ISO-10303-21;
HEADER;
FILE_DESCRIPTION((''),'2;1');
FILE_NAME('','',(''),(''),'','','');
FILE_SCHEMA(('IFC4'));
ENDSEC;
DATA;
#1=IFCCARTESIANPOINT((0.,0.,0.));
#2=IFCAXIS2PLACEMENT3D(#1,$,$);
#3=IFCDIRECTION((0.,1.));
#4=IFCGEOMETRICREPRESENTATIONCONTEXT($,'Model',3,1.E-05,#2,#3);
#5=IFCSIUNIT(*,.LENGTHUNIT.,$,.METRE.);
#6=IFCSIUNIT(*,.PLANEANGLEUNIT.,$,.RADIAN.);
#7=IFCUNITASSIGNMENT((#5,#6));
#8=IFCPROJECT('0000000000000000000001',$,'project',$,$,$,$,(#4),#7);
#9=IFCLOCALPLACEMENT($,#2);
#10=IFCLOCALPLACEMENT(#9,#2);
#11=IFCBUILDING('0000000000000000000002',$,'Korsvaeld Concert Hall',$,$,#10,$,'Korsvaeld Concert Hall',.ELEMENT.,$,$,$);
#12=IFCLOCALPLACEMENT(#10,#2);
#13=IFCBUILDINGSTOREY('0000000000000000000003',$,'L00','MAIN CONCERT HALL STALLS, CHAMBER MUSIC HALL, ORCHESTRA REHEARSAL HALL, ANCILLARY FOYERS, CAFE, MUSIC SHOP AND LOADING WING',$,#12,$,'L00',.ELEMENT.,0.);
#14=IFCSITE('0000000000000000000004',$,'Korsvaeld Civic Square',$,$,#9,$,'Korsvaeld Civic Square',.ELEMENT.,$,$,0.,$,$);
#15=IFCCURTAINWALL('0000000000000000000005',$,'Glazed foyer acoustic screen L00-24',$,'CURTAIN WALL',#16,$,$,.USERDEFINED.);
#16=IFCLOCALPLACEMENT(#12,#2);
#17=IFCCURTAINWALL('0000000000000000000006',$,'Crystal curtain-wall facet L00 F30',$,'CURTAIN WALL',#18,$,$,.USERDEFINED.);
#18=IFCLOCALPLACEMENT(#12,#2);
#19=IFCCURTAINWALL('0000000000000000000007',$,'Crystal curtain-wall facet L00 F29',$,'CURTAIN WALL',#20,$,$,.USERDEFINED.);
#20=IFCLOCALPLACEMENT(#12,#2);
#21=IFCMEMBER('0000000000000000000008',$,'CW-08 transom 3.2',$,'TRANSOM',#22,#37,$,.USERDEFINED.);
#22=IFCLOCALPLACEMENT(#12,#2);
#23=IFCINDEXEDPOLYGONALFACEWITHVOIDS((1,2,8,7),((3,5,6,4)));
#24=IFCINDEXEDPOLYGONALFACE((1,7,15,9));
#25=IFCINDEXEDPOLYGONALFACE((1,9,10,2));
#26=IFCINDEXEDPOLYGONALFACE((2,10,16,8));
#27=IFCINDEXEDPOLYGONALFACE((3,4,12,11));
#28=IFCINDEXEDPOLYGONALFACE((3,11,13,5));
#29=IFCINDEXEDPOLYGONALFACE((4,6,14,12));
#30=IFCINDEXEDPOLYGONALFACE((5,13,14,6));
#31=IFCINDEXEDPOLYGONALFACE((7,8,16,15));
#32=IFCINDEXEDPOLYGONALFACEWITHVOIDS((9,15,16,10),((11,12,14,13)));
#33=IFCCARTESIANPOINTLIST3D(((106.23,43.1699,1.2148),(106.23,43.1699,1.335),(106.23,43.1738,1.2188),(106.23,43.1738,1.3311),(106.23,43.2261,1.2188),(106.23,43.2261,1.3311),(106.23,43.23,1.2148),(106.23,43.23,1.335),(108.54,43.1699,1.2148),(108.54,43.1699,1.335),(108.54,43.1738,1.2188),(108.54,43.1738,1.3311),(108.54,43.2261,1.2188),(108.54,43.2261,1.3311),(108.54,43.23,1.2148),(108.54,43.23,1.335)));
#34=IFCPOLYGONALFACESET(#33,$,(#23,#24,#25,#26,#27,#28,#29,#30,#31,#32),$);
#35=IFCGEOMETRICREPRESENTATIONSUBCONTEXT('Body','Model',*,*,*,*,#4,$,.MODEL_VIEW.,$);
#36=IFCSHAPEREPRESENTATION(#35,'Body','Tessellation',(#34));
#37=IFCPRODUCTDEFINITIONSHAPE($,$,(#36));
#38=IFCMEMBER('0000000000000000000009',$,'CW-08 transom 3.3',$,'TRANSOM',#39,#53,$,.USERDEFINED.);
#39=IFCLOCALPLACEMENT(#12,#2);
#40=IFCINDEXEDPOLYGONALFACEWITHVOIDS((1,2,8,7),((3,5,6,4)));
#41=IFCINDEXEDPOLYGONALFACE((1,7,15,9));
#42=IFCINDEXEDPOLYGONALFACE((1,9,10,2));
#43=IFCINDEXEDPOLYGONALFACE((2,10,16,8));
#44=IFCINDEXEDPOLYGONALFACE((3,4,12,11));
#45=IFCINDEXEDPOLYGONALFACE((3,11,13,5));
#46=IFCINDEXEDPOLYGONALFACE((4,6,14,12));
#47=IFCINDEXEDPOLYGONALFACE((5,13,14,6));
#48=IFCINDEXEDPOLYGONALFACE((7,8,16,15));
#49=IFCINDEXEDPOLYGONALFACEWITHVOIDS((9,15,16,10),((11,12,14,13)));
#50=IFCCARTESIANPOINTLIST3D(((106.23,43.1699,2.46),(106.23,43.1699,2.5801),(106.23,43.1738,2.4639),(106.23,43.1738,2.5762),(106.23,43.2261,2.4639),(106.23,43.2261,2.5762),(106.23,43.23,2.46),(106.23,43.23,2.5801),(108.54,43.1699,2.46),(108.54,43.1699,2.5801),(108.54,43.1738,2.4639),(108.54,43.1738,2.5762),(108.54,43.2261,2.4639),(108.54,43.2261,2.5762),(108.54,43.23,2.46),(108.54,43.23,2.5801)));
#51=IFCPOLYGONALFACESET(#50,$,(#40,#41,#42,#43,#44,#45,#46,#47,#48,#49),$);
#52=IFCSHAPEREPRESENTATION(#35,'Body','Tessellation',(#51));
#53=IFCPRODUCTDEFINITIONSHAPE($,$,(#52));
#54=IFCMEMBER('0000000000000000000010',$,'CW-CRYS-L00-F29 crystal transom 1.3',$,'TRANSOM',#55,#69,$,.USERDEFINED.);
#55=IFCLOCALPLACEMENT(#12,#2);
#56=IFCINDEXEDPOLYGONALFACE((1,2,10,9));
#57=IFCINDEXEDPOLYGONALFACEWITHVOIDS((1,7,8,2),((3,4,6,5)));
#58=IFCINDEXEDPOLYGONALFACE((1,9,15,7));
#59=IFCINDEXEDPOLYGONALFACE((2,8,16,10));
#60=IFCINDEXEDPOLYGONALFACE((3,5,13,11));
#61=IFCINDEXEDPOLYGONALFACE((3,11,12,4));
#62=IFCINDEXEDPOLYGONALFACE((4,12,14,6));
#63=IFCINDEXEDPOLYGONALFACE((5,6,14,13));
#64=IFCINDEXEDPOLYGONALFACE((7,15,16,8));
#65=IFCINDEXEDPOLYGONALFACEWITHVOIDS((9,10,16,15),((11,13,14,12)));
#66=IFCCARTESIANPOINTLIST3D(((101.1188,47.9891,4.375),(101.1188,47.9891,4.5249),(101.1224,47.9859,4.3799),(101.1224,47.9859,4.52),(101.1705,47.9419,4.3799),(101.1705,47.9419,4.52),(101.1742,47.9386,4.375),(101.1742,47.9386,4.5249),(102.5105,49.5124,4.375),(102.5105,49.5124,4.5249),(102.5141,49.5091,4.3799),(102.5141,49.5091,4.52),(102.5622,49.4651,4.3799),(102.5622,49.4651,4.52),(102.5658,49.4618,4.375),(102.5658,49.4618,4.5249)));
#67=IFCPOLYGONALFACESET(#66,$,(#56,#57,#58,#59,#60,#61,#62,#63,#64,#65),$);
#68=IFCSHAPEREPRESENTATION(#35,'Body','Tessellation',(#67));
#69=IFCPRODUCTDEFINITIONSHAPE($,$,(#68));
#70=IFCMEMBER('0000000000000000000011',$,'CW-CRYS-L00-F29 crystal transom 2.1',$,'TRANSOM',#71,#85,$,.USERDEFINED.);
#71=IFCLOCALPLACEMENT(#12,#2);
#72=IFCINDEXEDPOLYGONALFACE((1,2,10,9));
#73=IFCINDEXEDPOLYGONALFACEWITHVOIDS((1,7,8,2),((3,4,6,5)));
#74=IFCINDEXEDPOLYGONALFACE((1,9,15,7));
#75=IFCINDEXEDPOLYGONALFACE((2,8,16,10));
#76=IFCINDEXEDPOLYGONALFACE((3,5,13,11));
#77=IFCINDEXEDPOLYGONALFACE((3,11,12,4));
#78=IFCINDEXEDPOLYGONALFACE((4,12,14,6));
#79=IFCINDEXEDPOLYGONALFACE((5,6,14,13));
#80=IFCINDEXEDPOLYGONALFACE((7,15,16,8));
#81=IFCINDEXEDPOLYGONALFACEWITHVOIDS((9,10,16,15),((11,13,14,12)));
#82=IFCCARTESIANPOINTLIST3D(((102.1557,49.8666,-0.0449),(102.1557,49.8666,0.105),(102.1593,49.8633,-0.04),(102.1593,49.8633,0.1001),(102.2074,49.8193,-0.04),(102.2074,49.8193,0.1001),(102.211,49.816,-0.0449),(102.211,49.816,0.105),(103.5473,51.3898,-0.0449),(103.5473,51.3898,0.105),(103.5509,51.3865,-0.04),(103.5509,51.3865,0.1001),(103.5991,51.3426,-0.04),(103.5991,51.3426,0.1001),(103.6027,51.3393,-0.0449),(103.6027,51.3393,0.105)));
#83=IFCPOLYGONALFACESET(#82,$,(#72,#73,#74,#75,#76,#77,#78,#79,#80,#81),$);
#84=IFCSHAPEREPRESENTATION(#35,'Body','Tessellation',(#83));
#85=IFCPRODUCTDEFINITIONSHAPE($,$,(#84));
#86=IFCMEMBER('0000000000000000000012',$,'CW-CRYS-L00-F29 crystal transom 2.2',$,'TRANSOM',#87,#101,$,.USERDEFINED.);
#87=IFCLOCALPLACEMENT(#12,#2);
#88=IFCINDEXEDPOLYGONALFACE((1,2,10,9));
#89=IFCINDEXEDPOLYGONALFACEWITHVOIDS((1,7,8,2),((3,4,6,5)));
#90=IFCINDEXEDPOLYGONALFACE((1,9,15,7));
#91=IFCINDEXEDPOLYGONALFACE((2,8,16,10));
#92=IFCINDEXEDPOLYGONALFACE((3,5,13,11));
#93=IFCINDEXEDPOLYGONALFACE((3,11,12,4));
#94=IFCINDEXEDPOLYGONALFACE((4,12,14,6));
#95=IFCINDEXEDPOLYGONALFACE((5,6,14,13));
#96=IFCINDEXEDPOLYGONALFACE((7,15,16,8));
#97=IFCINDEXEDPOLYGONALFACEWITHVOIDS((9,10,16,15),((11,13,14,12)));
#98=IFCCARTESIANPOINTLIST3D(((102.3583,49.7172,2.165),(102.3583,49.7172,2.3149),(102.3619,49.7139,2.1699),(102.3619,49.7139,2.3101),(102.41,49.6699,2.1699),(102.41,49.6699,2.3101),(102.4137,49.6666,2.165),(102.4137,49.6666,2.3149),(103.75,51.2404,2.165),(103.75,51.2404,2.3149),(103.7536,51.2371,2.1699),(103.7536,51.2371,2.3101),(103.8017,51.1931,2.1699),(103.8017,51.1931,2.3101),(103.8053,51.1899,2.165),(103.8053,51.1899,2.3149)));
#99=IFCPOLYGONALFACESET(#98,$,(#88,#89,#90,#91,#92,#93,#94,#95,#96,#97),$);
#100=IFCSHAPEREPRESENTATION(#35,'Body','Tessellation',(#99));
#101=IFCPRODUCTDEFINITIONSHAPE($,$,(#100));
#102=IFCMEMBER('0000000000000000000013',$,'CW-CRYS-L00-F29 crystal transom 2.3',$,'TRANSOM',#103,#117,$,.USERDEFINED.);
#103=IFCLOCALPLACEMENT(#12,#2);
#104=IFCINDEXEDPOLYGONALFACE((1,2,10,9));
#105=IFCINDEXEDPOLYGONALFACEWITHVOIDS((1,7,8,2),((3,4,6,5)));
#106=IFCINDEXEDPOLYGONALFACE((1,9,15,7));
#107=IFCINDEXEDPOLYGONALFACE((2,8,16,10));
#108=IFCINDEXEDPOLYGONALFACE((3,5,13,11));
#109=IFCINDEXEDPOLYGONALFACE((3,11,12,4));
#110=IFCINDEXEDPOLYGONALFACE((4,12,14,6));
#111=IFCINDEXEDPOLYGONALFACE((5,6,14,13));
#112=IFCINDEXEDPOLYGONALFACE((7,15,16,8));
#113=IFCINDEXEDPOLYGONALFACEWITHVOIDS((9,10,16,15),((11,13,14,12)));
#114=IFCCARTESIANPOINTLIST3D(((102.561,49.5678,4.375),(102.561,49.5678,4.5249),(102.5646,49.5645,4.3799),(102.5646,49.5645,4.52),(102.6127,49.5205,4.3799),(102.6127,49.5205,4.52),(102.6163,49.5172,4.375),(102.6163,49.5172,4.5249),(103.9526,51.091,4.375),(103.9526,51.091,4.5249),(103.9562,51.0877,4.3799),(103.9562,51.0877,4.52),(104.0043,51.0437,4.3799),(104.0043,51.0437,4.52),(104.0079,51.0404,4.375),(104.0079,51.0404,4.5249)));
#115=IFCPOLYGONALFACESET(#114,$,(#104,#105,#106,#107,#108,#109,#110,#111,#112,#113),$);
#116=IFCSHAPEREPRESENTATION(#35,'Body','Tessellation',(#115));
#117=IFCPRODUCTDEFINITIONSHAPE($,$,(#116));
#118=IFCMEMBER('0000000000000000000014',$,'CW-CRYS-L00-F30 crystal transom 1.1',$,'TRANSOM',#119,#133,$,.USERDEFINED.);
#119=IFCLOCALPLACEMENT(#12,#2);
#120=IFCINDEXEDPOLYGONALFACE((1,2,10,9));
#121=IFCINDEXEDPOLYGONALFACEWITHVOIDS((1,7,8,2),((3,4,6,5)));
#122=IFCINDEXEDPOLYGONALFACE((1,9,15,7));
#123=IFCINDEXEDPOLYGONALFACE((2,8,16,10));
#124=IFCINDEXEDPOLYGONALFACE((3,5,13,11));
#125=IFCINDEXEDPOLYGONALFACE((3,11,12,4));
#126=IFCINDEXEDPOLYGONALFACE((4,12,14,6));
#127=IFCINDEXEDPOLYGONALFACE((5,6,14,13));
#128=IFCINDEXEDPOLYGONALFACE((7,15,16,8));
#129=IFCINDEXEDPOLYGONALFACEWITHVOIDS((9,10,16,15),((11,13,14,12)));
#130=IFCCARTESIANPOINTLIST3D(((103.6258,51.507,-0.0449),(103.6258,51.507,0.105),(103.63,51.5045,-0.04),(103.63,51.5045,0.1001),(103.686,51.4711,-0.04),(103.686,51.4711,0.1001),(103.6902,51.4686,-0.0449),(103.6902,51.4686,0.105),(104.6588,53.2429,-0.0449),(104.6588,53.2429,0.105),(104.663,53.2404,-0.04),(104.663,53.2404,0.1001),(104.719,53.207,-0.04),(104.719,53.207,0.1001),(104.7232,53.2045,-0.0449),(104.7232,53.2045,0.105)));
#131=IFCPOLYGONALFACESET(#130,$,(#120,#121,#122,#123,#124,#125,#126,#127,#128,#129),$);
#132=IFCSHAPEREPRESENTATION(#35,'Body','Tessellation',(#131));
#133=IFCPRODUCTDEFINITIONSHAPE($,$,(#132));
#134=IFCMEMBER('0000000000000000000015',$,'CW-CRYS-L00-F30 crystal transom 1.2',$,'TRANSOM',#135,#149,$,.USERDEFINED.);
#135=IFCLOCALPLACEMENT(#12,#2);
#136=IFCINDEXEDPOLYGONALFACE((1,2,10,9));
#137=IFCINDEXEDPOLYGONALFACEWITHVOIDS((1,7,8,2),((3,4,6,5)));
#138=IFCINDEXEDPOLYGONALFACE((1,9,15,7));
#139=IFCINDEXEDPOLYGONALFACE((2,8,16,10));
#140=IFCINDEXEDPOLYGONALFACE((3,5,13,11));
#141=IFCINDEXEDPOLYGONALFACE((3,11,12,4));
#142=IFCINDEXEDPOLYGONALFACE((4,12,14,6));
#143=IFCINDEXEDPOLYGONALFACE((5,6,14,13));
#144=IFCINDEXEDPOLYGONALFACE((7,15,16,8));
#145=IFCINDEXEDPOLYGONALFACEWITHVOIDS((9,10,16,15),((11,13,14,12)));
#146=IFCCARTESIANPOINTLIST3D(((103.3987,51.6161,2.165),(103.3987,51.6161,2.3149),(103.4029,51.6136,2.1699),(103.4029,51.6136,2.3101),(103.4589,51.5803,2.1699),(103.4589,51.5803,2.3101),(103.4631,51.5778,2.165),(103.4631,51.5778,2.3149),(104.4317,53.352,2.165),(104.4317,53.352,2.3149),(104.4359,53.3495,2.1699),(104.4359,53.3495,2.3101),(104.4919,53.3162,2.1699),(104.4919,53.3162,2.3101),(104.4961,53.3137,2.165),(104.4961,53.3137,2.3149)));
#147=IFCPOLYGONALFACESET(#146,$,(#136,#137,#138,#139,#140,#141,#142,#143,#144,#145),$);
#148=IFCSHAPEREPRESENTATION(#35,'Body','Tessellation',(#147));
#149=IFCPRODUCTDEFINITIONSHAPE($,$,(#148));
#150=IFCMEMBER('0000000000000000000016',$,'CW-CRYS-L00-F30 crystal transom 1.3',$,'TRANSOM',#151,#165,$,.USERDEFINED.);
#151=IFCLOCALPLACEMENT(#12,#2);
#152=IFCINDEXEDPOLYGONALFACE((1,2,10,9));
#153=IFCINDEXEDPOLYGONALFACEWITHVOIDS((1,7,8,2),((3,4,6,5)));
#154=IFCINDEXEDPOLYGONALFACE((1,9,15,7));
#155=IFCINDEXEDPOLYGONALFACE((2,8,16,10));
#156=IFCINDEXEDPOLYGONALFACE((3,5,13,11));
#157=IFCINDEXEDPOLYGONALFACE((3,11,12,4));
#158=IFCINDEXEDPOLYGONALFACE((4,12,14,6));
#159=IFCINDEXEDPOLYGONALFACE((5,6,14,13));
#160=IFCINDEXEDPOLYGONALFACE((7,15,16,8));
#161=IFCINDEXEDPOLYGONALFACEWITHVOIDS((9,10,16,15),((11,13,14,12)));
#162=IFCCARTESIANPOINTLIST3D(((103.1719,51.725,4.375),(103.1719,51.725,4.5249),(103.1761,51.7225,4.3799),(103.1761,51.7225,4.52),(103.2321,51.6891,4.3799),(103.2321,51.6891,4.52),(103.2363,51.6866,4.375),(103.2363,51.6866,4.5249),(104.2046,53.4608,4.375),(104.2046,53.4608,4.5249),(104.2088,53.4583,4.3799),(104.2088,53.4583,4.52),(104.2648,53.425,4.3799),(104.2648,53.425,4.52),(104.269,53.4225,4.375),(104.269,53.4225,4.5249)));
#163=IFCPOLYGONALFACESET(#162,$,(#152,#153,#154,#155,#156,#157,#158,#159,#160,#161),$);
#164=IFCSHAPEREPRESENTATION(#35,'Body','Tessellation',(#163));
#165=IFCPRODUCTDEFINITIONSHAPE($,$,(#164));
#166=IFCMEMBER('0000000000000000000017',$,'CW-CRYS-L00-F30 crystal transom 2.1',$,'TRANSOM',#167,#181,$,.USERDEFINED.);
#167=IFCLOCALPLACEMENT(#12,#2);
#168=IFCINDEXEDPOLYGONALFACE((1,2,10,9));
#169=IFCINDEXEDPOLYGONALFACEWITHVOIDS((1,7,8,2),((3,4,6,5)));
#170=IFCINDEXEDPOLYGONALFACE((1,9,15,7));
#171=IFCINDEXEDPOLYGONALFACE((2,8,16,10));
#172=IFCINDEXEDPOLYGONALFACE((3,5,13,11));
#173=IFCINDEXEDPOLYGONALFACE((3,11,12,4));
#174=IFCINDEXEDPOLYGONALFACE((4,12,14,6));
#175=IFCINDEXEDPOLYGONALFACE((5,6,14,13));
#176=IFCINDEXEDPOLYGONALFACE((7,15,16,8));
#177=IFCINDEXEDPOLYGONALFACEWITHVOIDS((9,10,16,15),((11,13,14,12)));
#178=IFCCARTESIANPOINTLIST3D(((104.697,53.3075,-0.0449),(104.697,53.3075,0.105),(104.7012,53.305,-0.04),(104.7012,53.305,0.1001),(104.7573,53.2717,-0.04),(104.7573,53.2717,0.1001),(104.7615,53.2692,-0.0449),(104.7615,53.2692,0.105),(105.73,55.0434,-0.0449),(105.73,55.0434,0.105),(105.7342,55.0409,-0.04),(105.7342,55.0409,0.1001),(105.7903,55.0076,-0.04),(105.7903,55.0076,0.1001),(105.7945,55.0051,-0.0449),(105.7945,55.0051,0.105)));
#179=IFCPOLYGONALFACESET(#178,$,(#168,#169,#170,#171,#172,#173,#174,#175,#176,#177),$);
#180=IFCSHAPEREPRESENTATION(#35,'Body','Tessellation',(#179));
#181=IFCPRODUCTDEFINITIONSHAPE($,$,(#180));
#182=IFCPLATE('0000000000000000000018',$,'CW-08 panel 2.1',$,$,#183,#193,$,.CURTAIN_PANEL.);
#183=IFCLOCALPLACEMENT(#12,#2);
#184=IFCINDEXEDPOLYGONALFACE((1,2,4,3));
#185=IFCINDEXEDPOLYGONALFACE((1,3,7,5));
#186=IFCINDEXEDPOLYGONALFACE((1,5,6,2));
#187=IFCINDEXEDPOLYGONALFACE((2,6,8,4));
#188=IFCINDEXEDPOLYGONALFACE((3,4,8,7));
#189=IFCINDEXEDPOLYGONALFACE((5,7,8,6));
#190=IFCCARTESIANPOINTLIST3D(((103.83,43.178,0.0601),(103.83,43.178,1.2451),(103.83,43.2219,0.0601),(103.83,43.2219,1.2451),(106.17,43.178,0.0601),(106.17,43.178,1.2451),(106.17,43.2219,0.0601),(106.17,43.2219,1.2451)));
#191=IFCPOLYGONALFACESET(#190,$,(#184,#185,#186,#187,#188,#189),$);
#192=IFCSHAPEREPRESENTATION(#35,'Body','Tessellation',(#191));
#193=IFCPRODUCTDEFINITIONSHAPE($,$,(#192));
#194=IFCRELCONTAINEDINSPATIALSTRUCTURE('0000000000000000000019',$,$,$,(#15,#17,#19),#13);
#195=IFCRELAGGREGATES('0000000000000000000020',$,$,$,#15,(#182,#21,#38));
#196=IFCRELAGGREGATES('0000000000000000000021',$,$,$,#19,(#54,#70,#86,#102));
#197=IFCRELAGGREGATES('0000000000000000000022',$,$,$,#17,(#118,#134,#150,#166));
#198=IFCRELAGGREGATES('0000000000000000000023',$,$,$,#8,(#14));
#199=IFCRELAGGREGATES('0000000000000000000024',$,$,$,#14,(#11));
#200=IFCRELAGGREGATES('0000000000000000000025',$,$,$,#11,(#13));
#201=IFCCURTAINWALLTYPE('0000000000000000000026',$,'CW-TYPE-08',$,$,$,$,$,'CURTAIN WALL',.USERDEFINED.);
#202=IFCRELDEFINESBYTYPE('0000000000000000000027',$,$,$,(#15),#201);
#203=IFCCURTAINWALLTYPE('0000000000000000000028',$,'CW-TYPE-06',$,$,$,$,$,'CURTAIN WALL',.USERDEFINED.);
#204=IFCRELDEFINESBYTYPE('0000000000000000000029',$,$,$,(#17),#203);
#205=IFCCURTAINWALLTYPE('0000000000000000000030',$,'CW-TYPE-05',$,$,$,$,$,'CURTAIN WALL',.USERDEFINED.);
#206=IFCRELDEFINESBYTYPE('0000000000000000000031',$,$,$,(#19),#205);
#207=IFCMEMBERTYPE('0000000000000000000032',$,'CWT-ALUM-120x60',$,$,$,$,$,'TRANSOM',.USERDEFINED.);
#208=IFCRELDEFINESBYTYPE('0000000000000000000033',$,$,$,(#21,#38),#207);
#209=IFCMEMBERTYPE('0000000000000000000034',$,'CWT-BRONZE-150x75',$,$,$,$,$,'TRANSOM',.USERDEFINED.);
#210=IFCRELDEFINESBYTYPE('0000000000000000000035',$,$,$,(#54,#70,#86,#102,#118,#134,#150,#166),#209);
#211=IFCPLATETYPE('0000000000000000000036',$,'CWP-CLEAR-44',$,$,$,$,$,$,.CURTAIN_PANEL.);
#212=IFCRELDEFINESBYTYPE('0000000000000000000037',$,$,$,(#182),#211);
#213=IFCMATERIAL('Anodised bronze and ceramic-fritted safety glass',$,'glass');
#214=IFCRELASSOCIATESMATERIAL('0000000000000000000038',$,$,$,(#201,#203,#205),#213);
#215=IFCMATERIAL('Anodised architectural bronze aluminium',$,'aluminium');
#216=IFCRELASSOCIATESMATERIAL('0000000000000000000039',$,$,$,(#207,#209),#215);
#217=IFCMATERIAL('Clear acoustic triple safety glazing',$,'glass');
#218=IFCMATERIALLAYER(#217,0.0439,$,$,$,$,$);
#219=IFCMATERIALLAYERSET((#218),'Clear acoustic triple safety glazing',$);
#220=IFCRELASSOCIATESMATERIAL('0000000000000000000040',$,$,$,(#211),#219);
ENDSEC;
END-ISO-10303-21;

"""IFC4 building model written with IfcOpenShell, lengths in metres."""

from ifc_helpers import new_model, si_unit, direction, frame, origin, origin_2d, place, context, subcontext, project, spatial, rectangle, hollow_rectangle, extrude, material, layer, layer_set, material_profile, profile_set, type_object, element, aggregate, save


model = new_model("IFC4")

# Units and contexts
model_context = context("Model", 3, precision=1e-05, world=origin(), true_north=direction((0.0, 1.0)))
body_context = subcontext(model_context, "Body", "Model", "MODEL_VIEW")
ifc_project = project(units=[si_unit("LENGTHUNIT", "METRE"), si_unit("PLANEANGLEUNIT", "RADIAN")], contexts=[model_context])

# Site, building, storey
site_placement = place(None, origin())
site = spatial("IfcSite", under=ifc_project, at=site_placement, Name="Korsvaeld Civic Square", LongName="Korsvaeld Civic Square", CompositionType="ELEMENT", RefElevation=0.0)
building_placement = place(site_placement, origin())
building = spatial("IfcBuilding", under=site, at=building_placement, Name="Korsvaeld Concert Hall", LongName="Korsvaeld Concert Hall", CompositionType="ELEMENT")
storey_placement = place(building_placement, origin())
storey = spatial("IfcBuildingStorey", under=building, at=storey_placement, Name="L00", Description="MAIN CONCERT HALL STALLS, CHAMBER MUSIC HALL, ORCHESTRA REHEARSAL HALL, ANCILLARY FOYERS, CAFE, MUSIC SHOP AND LOADING WING", LongName="L00", CompositionType="ELEMENT", Elevation=0.0)

# Curtain walls
ifc_material_1 = material(Name="Anodised bronze and ceramic-fritted safety glass", Category="glass")
curtain_wall_type_1 = type_object("IfcCurtainWallType", Name="CW-TYPE-08", ElementType="CURTAIN WALL", PredefinedType="USERDEFINED", material=ifc_material_1)
curtain_wall_1_placement = place(storey_placement, origin())
curtain_wall_1 = element("IfcCurtainWall", 1, at=curtain_wall_1_placement, inside=storey, type_object=curtain_wall_type_1, Name="Glazed foyer acoustic screen L00-24", ObjectType="CURTAIN WALL", PredefinedType="USERDEFINED")
ifc_material_2 = material(Name="Anodised architectural bronze aluminium", Category="aluminium")
curtain_wall_type_2 = type_object("IfcCurtainWallType", Name="CW-TYPE-06", ElementType="CURTAIN WALL", PredefinedType="USERDEFINED", material=ifc_material_1)
curtain_wall_2_placement = place(storey_placement, origin())
curtain_wall_2 = element("IfcCurtainWall", 2, at=curtain_wall_2_placement, inside=storey, type_object=curtain_wall_type_2, Name="Crystal curtain-wall facet L00 F30", ObjectType="CURTAIN WALL", PredefinedType="USERDEFINED")
curtain_wall_type_3 = type_object("IfcCurtainWallType", Name="CW-TYPE-05", ElementType="CURTAIN WALL", PredefinedType="USERDEFINED", material=ifc_material_1)
curtain_wall_3_placement = place(storey_placement, origin())
curtain_wall_3 = element("IfcCurtainWall", 3, at=curtain_wall_3_placement, inside=storey, type_object=curtain_wall_type_3, Name="Crystal curtain-wall facet L00 F29", ObjectType="CURTAIN WALL", PredefinedType="USERDEFINED")

# Members
ifc_material_profile_1 = material_profile(ifc_material_2, hollow_rectangle(XDim=0.0601, YDim=0.1201, WallThickness=0.0039, at=origin_2d()), Name="CWT 120x60x4")
ifc_profile_set_1 = profile_set([ifc_material_profile_1], Name="Anodised architectural bronze aluminium")
member_type_1 = type_object("IfcMemberType", Name="CWT-ALUM-120x60", ElementType="TRANSOM", PredefinedType="USERDEFINED", material=ifc_profile_set_1)
member_1_placement = place(storey_placement, frame((106.23, 43.2, 1.2749), z_axis=(1.0, 0.0, 0.0), x_axis=(0.0, 1.0, 0.0)))
member_1 = element("IfcMember", 4, at=member_1_placement, type_object=member_type_1, Name="CW-08 transom 3.2", ObjectType="TRANSOM", PredefinedType="USERDEFINED", context=body_context, shape_type="SweptSolid", body=[
    extrude(hollow_rectangle(XDim=0.0601, YDim=0.1201, WallThickness=0.0039, at=origin_2d()), origin(), (0.0, 0.0, 1.0), 2.3101),
])
member_2_placement = place(storey_placement, frame((106.23, 43.2, 2.52), z_axis=(1.0, 0.0, 0.0), x_axis=(0.0, 1.0, 0.0)))
member_2 = element("IfcMember", 5, at=member_2_placement, type_object=member_type_1, Name="CW-08 transom 3.3", ObjectType="TRANSOM", PredefinedType="USERDEFINED", context=body_context, shape_type="SweptSolid", body=[
    extrude(hollow_rectangle(XDim=0.0601, YDim=0.1201, WallThickness=0.0039, at=origin_2d()), origin(), (0.0, 0.0, 1.0), 2.3101),
])
ifc_material_profile_2 = material_profile(ifc_material_2, hollow_rectangle(XDim=0.075, YDim=0.1499, WallThickness=0.0049, at=origin_2d()), Name="CWT 150x75x5")
ifc_profile_set_2 = profile_set([ifc_material_profile_2], Name="Anodised architectural bronze aluminium")
member_type_2 = type_object("IfcMemberType", Name="CWT-BRONZE-150x75", ElementType="TRANSOM", PredefinedType="USERDEFINED", material=ifc_profile_set_2)
member_3_placement = place(storey_placement, frame((101.1465, 47.9639, 4.45), z_axis=(0.674497, 0.738278, 0.0), x_axis=(-0.738278, 0.674497, 0.0)))
member_3 = element("IfcMember", 6, at=member_3_placement, type_object=member_type_2, Name="CW-CRYS-L00-F29 crystal transom 1.3", ObjectType="TRANSOM", PredefinedType="USERDEFINED", context=body_context, shape_type="SweptSolid", body=[
    extrude(hollow_rectangle(XDim=0.075, YDim=0.1499, WallThickness=0.0049, at=origin_2d()), origin(), (0.0, 0.0, 1.0), 2.0632),
])
member_4_placement = place(storey_placement, frame((102.1833, 49.8413, 0.03), z_axis=(0.674497, 0.738278, 0.0), x_axis=(-0.738278, 0.674497, 0.0)))
member_4 = element("IfcMember", 7, at=member_4_placement, type_object=member_type_2, Name="CW-CRYS-L00-F29 crystal transom 2.1", ObjectType="TRANSOM", PredefinedType="USERDEFINED", context=body_context, shape_type="SweptSolid", body=[
    extrude(hollow_rectangle(XDim=0.075, YDim=0.1499, WallThickness=0.0049, at=origin_2d()), origin(), (0.0, 0.0, 1.0), 2.0632),
])
member_5_placement = place(storey_placement, frame((102.386, 49.6919, 2.24), z_axis=(0.674497, 0.738278, 0.0), x_axis=(-0.738278, 0.674497, 0.0)))
member_5 = element("IfcMember", 8, at=member_5_placement, type_object=member_type_2, Name="CW-CRYS-L00-F29 crystal transom 2.2", ObjectType="TRANSOM", PredefinedType="USERDEFINED", context=body_context, shape_type="SweptSolid", body=[
    extrude(hollow_rectangle(XDim=0.075, YDim=0.1499, WallThickness=0.0049, at=origin_2d()), origin(), (0.0, 0.0, 1.0), 2.0632),
])
member_6_placement = place(storey_placement, frame((102.5886, 49.5425, 4.45), z_axis=(0.674497, 0.738278, 0.0), x_axis=(-0.738278, 0.674497, 0.0)))
member_6 = element("IfcMember", 9, at=member_6_placement, type_object=member_type_2, Name="CW-CRYS-L00-F29 crystal transom 2.3", ObjectType="TRANSOM", PredefinedType="USERDEFINED", context=body_context, shape_type="SweptSolid", body=[
    extrude(hollow_rectangle(XDim=0.075, YDim=0.1499, WallThickness=0.0049, at=origin_2d()), origin(), (0.0, 0.0, 1.0), 2.0632),
])
member_7_placement = place(storey_placement, frame((103.658, 51.4878, 0.03), z_axis=(0.511382, 0.859354, 0.0), x_axis=(-0.859354, 0.511382, 0.0)))
member_7 = element("IfcMember", 10, at=member_7_placement, type_object=member_type_2, Name="CW-CRYS-L00-F30 crystal transom 1.1", ObjectType="TRANSOM", PredefinedType="USERDEFINED", context=body_context, shape_type="SweptSolid", body=[
    extrude(hollow_rectangle(XDim=0.075, YDim=0.1499, WallThickness=0.0049, at=origin_2d()), origin(), (0.0, 0.0, 1.0), 2.02),
])
member_8_placement = place(storey_placement, frame((103.4309, 51.5969, 2.24), z_axis=(0.511382, 0.859354, 0.0), x_axis=(-0.859354, 0.511382, 0.0)))
member_8 = element("IfcMember", 11, at=member_8_placement, type_object=member_type_2, Name="CW-CRYS-L00-F30 crystal transom 1.2", ObjectType="TRANSOM", PredefinedType="USERDEFINED", context=body_context, shape_type="SweptSolid", body=[
    extrude(hollow_rectangle(XDim=0.075, YDim=0.1499, WallThickness=0.0049, at=origin_2d()), origin(), (0.0, 0.0, 1.0), 2.02),
])
member_9_placement = place(storey_placement, frame((103.2041, 51.7058, 4.45), z_axis=(0.511293, 0.859407, 0.0), x_axis=(-0.859407, 0.511293, 0.0)))
member_9 = element("IfcMember", 12, at=member_9_placement, type_object=member_type_2, Name="CW-CRYS-L00-F30 crystal transom 1.3", ObjectType="TRANSOM", PredefinedType="USERDEFINED", context=body_context, shape_type="SweptSolid", body=[
    extrude(hollow_rectangle(XDim=0.075, YDim=0.1499, WallThickness=0.0049, at=origin_2d()), origin(), (0.0, 0.0, 1.0), 2.0198),
])
member_10_placement = place(storey_placement, frame((104.7292, 53.2883, 0.03), z_axis=(0.511382, 0.859354, 0.0), x_axis=(-0.859354, 0.511382, 0.0)))
member_10 = element("IfcMember", 13, at=member_10_placement, type_object=member_type_2, Name="CW-CRYS-L00-F30 crystal transom 2.1", ObjectType="TRANSOM", PredefinedType="USERDEFINED", context=body_context, shape_type="SweptSolid", body=[
    extrude(hollow_rectangle(XDim=0.075, YDim=0.1499, WallThickness=0.0049, at=origin_2d()), origin(), (0.0, 0.0, 1.0), 2.02),
])

# Plate
ifc_material_3 = material(Name="Clear acoustic triple safety glazing", Category="glass")
ifc_layer_1 = layer(ifc_material_3, 0.0439)
ifc_layer_set_1 = layer_set([ifc_layer_1], Name="Clear acoustic triple safety glazing")
plate_type_1 = type_object("IfcPlateType", Name="CWP-CLEAR-44", PredefinedType="CURTAIN_PANEL", material=ifc_layer_set_1)
plate_1_placement = place(storey_placement, frame((105.0, 43.2, 0.0601), z_axis=(0.0, 0.0, 1.0), x_axis=(1.0, 0.0, 0.0)))
plate_1 = element("IfcPlate", 14, at=plate_1_placement, type_object=plate_type_1, Name="CW-08 panel 2.1", PredefinedType="CURTAIN_PANEL", context=body_context, shape_type="SweptSolid", body=[
    extrude(rectangle(XDim=2.3401, YDim=0.0439, at=origin_2d()), origin(), (0.0, 0.0, 1.0), 1.1851),
])
aggregate(curtain_wall_1, [plate_1, member_1, member_2])
aggregate(curtain_wall_3, [member_3, member_4, member_5, member_6])
aggregate(curtain_wall_2, [member_7, member_8, member_9, member_10])

save(model, "model.ifc")
